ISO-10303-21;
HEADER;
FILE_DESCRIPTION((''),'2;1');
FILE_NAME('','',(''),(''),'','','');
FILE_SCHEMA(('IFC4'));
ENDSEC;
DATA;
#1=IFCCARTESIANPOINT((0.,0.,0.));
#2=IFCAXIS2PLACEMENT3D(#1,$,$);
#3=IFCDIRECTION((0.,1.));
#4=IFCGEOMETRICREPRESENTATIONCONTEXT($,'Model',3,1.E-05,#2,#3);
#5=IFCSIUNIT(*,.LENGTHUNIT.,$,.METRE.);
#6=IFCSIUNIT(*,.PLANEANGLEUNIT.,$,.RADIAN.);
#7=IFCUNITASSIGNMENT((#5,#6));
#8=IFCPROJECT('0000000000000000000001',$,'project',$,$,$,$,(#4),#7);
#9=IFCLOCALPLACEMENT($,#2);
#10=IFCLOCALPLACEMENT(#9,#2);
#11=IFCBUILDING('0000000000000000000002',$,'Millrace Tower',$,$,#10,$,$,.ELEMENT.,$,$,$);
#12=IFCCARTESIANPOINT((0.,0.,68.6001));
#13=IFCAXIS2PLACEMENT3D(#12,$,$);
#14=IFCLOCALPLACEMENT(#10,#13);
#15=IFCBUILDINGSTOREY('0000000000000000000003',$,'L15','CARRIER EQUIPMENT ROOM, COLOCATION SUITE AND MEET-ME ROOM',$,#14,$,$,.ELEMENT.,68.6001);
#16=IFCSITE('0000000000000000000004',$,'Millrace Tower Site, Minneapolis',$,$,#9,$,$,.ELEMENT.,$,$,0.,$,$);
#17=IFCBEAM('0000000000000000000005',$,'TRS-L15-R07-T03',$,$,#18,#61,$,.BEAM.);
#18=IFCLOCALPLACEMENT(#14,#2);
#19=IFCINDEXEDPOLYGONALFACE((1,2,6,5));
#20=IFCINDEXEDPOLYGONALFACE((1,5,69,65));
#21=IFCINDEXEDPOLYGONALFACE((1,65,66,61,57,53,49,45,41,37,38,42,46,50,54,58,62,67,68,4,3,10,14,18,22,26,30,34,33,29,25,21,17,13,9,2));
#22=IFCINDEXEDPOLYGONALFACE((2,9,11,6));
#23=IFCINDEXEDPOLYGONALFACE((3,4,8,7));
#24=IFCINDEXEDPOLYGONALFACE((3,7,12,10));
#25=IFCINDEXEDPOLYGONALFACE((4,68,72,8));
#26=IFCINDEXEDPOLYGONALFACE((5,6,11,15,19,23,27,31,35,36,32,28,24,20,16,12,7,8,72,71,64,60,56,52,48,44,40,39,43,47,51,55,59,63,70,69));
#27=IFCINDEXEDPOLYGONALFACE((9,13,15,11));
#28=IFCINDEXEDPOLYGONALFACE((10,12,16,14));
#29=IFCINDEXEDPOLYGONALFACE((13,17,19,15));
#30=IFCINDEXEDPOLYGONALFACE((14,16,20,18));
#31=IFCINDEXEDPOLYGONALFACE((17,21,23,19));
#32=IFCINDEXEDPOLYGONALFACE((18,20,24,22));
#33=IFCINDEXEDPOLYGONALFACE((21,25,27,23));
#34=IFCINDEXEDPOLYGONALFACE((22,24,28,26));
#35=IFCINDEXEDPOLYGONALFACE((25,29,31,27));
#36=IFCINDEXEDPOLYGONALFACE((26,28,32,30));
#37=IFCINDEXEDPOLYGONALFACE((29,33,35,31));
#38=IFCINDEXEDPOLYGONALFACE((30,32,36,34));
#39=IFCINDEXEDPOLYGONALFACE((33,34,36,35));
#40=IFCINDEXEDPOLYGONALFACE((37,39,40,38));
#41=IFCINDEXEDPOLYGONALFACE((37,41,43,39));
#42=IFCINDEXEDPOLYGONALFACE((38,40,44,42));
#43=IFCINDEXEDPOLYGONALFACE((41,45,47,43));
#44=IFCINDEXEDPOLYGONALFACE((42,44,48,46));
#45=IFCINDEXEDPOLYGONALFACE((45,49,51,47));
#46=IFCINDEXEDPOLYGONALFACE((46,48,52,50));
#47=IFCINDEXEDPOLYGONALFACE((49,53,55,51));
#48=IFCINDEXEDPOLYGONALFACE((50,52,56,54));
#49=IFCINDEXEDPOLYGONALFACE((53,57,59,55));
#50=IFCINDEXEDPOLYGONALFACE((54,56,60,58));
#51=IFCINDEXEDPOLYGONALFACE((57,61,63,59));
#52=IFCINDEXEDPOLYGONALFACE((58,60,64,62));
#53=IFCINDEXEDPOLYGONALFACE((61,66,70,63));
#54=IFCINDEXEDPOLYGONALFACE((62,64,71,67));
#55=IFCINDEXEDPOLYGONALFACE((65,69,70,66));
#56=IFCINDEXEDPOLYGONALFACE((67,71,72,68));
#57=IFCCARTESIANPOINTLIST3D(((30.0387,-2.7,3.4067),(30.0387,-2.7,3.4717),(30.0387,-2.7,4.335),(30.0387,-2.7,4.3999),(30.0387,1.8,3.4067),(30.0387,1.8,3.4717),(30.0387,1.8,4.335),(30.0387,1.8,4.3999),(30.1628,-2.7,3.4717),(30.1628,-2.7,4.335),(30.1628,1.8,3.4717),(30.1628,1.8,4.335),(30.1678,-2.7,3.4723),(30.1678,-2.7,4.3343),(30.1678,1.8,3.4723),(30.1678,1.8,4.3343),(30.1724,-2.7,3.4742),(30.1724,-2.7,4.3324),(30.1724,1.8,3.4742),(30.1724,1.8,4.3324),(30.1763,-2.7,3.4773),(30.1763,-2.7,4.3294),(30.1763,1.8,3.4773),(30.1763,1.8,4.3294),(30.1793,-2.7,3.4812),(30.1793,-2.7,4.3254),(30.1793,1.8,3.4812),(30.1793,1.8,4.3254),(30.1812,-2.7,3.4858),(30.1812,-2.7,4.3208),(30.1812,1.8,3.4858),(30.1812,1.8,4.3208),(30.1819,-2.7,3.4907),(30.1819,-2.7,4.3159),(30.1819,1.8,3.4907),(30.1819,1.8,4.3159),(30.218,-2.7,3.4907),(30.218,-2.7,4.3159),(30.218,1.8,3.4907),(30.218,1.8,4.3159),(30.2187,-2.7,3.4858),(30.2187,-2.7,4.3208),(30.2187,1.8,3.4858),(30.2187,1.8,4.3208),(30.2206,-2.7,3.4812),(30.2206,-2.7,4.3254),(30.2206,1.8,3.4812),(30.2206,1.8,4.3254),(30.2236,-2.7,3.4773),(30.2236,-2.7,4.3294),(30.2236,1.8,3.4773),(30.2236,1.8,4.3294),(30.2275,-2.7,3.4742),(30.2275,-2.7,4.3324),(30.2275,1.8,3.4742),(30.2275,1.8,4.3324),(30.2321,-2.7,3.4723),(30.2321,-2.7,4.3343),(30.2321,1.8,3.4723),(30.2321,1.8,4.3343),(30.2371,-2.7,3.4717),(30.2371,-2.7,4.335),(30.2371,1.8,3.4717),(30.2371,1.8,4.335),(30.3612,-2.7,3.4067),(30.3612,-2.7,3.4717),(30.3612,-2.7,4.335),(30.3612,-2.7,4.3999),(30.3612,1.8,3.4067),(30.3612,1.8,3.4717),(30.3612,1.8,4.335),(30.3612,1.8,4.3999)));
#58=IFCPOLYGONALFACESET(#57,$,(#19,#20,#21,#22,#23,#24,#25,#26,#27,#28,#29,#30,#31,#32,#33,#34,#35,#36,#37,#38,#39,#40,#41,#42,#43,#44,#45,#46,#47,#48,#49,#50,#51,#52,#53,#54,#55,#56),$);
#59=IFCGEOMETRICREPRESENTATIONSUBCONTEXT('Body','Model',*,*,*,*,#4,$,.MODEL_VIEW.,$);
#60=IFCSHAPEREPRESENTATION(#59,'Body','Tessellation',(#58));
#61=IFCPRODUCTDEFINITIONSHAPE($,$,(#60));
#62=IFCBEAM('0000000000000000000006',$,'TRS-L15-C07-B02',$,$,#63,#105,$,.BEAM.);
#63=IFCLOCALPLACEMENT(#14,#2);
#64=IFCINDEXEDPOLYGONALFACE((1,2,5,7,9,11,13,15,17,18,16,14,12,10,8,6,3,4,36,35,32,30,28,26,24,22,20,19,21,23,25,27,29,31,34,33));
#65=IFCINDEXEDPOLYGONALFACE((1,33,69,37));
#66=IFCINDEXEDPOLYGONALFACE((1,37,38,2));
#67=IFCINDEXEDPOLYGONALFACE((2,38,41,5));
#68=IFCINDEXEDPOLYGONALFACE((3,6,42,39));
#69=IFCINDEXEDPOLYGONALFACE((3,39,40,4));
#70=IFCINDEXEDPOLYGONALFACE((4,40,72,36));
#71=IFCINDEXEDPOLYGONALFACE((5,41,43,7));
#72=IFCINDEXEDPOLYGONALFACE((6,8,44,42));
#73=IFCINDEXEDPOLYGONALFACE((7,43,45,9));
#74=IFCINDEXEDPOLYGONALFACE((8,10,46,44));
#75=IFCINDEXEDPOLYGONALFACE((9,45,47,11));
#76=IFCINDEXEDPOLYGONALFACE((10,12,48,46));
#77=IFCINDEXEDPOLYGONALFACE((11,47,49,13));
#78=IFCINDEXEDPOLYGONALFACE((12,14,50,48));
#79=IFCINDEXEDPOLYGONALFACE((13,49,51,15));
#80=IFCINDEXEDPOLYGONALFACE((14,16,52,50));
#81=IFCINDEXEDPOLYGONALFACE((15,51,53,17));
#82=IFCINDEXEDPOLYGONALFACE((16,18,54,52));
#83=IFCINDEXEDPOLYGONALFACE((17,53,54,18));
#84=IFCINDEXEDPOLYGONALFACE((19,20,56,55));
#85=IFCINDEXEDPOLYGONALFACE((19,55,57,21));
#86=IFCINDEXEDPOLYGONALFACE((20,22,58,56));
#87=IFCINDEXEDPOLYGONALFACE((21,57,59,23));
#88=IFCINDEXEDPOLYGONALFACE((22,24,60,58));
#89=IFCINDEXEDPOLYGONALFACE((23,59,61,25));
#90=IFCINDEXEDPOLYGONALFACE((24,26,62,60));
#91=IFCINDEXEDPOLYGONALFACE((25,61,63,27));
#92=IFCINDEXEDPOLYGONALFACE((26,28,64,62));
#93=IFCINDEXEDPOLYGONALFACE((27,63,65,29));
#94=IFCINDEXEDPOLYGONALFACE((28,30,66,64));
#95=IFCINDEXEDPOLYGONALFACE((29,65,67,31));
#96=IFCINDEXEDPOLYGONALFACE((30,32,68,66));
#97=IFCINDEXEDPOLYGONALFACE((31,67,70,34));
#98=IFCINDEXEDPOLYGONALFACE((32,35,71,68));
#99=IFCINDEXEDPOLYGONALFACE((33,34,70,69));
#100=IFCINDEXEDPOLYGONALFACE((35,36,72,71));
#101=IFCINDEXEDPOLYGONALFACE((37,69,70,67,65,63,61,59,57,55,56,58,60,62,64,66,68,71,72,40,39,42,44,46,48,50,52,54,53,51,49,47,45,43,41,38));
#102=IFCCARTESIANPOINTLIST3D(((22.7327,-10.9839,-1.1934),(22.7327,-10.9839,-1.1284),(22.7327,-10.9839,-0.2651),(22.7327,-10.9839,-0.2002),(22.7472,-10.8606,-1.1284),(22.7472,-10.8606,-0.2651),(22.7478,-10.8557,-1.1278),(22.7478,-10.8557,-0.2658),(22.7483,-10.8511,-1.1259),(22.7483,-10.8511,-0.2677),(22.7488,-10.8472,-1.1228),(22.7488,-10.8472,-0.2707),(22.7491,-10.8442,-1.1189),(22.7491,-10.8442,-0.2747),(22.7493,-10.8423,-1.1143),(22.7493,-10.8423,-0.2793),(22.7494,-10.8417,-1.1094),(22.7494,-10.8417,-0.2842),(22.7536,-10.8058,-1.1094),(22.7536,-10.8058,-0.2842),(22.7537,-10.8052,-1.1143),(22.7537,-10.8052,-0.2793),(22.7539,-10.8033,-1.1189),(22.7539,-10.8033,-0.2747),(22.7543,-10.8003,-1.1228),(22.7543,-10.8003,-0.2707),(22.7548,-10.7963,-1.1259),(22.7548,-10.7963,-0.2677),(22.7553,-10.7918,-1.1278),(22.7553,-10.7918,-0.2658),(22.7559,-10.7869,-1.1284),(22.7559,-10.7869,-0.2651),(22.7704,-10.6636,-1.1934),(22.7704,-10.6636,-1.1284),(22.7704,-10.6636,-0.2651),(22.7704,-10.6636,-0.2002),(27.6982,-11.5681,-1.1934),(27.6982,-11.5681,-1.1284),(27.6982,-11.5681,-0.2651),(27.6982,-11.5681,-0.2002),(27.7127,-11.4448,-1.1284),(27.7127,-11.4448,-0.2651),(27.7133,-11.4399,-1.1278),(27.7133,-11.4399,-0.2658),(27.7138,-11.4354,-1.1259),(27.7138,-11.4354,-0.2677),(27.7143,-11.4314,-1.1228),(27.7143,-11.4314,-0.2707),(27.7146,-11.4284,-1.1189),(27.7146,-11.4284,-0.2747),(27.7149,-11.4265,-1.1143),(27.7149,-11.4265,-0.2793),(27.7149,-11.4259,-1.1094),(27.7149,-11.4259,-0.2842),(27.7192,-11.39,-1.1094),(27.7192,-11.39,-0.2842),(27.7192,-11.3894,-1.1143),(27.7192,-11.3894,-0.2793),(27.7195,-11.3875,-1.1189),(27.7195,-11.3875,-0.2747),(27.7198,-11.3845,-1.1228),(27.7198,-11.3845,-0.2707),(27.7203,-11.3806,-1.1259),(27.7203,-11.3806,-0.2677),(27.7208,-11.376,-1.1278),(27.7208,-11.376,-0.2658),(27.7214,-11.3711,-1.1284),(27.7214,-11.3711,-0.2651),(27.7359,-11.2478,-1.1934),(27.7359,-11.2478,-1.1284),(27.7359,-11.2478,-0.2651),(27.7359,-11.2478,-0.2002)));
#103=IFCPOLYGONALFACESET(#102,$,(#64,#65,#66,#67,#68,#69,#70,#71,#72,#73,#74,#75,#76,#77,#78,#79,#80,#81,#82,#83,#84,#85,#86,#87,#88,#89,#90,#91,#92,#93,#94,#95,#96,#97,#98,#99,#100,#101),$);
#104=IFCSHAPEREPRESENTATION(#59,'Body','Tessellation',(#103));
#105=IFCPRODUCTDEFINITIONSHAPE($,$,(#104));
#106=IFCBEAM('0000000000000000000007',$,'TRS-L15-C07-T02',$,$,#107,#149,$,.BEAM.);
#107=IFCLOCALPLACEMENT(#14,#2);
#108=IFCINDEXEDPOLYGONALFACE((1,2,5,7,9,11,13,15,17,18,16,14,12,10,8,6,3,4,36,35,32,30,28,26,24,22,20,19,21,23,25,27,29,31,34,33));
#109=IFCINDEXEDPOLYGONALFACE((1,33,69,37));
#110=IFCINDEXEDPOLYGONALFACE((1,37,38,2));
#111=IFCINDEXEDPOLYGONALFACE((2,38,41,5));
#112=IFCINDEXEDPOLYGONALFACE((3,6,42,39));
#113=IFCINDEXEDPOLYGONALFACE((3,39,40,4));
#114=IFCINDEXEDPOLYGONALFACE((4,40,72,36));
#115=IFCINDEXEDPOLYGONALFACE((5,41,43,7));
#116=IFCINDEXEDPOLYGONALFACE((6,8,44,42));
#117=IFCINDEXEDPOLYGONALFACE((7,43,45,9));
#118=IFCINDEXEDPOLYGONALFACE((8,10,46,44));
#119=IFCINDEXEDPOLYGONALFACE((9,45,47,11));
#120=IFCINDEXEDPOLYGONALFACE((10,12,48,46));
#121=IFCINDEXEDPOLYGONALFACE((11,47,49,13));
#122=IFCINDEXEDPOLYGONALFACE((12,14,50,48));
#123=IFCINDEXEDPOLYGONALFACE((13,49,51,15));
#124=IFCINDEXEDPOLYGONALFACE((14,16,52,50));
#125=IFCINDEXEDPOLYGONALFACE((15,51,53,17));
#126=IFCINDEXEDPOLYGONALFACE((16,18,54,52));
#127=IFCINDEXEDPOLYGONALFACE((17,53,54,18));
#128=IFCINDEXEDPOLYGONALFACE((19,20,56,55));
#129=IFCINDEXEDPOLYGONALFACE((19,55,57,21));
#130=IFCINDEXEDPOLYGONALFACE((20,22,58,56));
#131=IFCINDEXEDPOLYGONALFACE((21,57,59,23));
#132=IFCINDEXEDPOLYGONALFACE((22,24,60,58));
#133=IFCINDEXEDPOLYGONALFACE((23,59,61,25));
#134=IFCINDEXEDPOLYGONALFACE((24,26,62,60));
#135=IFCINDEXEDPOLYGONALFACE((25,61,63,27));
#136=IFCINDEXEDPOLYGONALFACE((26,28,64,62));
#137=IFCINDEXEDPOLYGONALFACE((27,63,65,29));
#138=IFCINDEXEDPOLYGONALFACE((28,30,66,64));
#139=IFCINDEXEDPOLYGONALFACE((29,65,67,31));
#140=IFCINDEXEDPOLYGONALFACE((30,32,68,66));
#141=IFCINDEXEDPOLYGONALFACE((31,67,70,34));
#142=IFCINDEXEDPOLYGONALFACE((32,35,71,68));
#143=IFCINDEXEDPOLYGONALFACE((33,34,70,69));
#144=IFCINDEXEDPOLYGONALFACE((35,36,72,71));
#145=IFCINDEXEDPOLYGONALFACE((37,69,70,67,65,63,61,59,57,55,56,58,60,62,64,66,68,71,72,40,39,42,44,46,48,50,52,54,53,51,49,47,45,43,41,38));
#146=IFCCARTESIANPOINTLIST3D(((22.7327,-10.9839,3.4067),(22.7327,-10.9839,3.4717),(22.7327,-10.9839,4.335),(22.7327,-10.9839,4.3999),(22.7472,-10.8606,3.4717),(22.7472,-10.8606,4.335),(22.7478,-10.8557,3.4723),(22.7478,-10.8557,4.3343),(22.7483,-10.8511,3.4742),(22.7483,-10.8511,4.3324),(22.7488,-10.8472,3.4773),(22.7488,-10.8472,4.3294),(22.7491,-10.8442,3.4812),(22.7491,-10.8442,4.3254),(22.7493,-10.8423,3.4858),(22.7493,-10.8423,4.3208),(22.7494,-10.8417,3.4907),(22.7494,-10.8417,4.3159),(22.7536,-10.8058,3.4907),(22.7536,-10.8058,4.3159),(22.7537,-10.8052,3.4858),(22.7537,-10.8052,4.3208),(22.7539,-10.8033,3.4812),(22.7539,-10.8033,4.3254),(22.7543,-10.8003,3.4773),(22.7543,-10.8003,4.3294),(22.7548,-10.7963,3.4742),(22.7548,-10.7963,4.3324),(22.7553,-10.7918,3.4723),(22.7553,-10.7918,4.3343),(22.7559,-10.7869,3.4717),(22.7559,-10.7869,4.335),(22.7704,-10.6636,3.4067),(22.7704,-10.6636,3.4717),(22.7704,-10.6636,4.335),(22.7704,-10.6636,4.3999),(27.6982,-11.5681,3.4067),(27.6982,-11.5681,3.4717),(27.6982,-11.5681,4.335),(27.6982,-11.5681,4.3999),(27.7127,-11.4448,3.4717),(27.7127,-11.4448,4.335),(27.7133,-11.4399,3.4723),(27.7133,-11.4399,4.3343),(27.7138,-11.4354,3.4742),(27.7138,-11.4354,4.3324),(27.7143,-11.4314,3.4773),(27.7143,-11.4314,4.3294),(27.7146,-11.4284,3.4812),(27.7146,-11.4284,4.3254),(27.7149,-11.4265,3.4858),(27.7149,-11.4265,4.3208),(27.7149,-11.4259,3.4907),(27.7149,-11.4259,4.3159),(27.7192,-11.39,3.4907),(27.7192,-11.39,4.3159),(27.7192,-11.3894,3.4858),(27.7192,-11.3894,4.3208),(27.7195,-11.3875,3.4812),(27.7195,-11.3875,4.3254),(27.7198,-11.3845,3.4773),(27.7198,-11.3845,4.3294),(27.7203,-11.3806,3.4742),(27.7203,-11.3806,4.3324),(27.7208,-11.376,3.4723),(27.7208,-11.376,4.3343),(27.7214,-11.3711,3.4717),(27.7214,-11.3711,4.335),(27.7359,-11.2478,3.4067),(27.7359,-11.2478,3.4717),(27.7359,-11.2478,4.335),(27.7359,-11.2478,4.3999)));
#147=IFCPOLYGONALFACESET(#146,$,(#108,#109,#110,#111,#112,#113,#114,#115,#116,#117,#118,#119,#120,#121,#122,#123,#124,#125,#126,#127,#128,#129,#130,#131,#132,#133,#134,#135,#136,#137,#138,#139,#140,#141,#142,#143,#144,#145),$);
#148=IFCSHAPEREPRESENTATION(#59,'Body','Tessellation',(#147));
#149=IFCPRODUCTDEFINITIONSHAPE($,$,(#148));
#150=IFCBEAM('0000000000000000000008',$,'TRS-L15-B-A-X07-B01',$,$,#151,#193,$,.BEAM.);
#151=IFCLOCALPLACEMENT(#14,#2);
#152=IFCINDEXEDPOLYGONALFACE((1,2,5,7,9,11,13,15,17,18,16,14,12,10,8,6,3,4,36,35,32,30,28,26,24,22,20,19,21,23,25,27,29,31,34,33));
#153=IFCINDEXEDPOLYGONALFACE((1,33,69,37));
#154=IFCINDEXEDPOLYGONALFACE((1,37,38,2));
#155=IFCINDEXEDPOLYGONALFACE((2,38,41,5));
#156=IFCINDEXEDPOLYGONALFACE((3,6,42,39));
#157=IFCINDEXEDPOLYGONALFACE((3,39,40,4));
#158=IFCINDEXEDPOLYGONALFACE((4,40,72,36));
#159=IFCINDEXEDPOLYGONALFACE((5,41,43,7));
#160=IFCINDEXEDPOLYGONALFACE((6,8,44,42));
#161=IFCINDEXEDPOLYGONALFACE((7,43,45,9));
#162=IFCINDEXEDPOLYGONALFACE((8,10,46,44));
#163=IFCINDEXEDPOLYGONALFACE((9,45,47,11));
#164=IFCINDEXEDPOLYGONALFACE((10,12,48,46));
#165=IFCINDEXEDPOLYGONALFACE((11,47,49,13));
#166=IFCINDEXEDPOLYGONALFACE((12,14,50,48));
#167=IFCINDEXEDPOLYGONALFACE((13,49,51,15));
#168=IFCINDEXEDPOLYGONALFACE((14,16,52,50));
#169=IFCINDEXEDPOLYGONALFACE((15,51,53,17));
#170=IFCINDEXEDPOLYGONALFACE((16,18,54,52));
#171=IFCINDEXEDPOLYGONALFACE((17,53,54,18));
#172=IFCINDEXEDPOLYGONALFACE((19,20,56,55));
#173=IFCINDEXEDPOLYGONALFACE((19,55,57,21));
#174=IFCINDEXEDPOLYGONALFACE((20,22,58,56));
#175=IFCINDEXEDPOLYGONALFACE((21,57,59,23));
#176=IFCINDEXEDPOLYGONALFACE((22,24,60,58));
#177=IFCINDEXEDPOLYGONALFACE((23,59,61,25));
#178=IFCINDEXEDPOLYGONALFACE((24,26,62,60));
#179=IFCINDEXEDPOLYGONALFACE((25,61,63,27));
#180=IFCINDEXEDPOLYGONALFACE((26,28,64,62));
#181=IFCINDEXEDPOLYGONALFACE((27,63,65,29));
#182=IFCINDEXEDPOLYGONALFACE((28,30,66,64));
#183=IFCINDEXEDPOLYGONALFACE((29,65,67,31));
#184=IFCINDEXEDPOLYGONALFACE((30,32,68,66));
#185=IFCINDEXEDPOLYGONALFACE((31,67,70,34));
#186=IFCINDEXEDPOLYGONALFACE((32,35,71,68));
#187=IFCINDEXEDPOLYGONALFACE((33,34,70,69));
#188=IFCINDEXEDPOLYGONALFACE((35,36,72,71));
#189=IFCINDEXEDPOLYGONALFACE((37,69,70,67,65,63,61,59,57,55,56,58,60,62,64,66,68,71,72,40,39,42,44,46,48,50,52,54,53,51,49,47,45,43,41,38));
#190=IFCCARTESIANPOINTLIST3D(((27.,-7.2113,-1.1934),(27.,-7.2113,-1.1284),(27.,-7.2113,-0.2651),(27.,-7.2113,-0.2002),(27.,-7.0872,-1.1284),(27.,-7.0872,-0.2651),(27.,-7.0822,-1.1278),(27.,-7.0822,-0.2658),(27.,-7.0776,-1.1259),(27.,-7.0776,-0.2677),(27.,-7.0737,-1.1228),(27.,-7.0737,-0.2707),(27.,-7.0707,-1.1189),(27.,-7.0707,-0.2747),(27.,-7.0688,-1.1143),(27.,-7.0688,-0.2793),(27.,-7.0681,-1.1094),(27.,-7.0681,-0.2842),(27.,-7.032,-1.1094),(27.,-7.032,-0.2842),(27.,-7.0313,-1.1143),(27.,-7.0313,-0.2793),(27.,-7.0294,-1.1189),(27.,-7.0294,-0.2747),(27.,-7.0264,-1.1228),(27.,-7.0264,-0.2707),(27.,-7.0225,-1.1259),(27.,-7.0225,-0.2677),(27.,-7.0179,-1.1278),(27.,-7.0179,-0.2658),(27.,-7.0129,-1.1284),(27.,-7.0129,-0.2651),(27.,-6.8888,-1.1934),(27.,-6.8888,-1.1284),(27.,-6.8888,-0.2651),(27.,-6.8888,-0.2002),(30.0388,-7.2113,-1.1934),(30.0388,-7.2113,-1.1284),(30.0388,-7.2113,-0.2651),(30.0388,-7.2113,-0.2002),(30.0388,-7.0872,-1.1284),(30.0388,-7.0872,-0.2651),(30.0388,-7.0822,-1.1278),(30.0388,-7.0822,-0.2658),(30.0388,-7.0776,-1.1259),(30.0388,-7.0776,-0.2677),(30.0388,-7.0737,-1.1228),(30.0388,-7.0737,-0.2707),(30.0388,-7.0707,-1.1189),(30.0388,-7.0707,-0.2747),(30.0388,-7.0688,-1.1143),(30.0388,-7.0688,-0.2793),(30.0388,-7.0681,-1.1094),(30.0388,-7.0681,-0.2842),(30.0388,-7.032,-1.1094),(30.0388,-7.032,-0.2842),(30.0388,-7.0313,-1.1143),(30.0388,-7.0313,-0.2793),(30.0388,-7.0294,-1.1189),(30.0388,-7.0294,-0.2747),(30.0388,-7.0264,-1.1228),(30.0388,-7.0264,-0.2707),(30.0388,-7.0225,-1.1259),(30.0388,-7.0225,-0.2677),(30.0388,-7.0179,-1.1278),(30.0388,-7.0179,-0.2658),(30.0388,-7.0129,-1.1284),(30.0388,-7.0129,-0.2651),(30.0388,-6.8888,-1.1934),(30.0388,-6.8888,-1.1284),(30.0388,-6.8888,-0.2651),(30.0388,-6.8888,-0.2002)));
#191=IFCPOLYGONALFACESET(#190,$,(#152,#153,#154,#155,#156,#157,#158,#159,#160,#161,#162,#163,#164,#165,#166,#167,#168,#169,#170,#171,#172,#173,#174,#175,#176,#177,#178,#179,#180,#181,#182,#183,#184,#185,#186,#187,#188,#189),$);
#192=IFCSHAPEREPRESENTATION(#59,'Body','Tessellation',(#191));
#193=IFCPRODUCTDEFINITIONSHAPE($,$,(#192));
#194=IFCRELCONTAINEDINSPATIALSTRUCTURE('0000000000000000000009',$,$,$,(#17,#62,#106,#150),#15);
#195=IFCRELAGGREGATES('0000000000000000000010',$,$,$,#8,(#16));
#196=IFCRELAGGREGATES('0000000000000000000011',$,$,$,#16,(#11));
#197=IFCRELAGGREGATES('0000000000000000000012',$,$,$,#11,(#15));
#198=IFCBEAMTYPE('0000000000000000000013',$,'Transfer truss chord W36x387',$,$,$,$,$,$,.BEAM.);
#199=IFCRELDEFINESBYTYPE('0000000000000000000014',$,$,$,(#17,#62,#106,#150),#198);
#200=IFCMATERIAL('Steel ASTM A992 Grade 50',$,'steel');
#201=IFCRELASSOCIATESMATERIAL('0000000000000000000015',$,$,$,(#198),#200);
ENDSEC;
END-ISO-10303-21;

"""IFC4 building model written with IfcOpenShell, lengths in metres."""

from ifc_helpers import new_model, si_unit, direction, frame, origin, origin_2d, place, context, subcontext, project, spatial, i_section, extrude, material, material_profile, profile_set, type_object, element, save


model = new_model("IFC4")

# Units and contexts
model_context = context("Model", 3, precision=1e-05, world=origin(), true_north=direction((0.0, 1.0)))
body_context = subcontext(model_context, "Body", "Model", "MODEL_VIEW")
ifc_project = project(units=[si_unit("LENGTHUNIT", "METRE"), si_unit("PLANEANGLEUNIT", "RADIAN")], contexts=[model_context])

# Site, building, storey
site_placement = place(None, origin())
site = spatial("IfcSite", under=ifc_project, at=site_placement, Name="Millrace Tower Site, Minneapolis", CompositionType="ELEMENT", RefElevation=0.0)
building_placement = place(site_placement, origin())
building = spatial("IfcBuilding", under=site, at=building_placement, Name="Millrace Tower", CompositionType="ELEMENT")
storey_placement = place(building_placement, frame((0.0, 0.0, 68.6001)))
storey = spatial("IfcBuildingStorey", under=building, at=storey_placement, Name="L15", Description="CARRIER EQUIPMENT ROOM, COLOCATION SUITE AND MEET-ME ROOM", CompositionType="ELEMENT", Elevation=68.6001)

# Beams
ifc_material_1 = material(Name="Steel ASTM A992 Grade 50", Category="steel")
ifc_material_profile_1 = material_profile(ifc_material_1, i_section(OverallWidth=0.3225, OverallDepth=0.9932, WebThickness=0.0361, FlangeThickness=0.0649, FilletRadius=0.019, at=origin_2d()))
ifc_profile_set_1 = profile_set([ifc_material_profile_1], Name="Steel ASTM A992 Grade 50")
beam_type_1 = type_object("IfcBeamType", Name="Transfer truss chord W36x387", PredefinedType="BEAM", material=ifc_profile_set_1)
for number, where, z_axis, x_axis, name in (
    (1, (30.2, -2.7, 3.9033), (0.0, 1.0, 0.0), (-1.0, 0.0, 0.0), "TRS-L15-R07-T03"),
):
    element("IfcBeam", number, at=place(storey_placement, frame(where, z_axis=z_axis, x_axis=x_axis)), inside=storey, type_object=beam_type_1, Name=name, PredefinedType="BEAM", context=body_context, shape_type="SweptSolid", body=[
        extrude(i_section(OverallWidth=0.3225, OverallDepth=0.9932, WebThickness=0.0361, FlangeThickness=0.0649, FilletRadius=0.019, at=origin_2d()), origin(), (0.0, 0.0, 1.0), 4.5),
    ])
for number, where, z_axis, x_axis, name in (
    (2, (27.717, -11.408, -0.6968), (-0.99315, 0.11685, 0.0), (-0.11685, -0.99315, 0.0), "TRS-L15-C07-B02"),
    (3, (27.717, -11.408, 3.9033), (-0.99315, 0.11685, 0.0), (-0.11685, -0.99315, 0.0), "TRS-L15-C07-T02"),
):
    element("IfcBeam", number, at=place(storey_placement, frame(where, z_axis=z_axis, x_axis=x_axis)), inside=storey, type_object=beam_type_1, Name=name, PredefinedType="BEAM", context=body_context, shape_type="SweptSolid", body=[
        extrude(i_section(OverallWidth=0.3225, OverallDepth=0.9932, WebThickness=0.0361, FlangeThickness=0.0649, FilletRadius=0.019, at=origin_2d()), origin(), (0.0, 0.0, 1.0), 4.9998),
    ])
for number, where, z_axis, x_axis, name in (
    (4, (27.0, -7.05, -0.6968), (1.0, 0.0, 0.0), (0.0, 1.0, 0.0), "TRS-L15-B-A-X07-B01"),
):
    element("IfcBeam", number, at=place(storey_placement, frame(where, z_axis=z_axis, x_axis=x_axis)), inside=storey, type_object=beam_type_1, Name=name, PredefinedType="BEAM", context=body_context, shape_type="SweptSolid", body=[
        extrude(i_section(OverallWidth=0.3225, OverallDepth=0.9932, WebThickness=0.0361, FlangeThickness=0.0649, FilletRadius=0.019, at=origin_2d()), origin(), (0.0, 0.0, 1.0), 3.0388),
    ])

save(model, "model.ifc")
